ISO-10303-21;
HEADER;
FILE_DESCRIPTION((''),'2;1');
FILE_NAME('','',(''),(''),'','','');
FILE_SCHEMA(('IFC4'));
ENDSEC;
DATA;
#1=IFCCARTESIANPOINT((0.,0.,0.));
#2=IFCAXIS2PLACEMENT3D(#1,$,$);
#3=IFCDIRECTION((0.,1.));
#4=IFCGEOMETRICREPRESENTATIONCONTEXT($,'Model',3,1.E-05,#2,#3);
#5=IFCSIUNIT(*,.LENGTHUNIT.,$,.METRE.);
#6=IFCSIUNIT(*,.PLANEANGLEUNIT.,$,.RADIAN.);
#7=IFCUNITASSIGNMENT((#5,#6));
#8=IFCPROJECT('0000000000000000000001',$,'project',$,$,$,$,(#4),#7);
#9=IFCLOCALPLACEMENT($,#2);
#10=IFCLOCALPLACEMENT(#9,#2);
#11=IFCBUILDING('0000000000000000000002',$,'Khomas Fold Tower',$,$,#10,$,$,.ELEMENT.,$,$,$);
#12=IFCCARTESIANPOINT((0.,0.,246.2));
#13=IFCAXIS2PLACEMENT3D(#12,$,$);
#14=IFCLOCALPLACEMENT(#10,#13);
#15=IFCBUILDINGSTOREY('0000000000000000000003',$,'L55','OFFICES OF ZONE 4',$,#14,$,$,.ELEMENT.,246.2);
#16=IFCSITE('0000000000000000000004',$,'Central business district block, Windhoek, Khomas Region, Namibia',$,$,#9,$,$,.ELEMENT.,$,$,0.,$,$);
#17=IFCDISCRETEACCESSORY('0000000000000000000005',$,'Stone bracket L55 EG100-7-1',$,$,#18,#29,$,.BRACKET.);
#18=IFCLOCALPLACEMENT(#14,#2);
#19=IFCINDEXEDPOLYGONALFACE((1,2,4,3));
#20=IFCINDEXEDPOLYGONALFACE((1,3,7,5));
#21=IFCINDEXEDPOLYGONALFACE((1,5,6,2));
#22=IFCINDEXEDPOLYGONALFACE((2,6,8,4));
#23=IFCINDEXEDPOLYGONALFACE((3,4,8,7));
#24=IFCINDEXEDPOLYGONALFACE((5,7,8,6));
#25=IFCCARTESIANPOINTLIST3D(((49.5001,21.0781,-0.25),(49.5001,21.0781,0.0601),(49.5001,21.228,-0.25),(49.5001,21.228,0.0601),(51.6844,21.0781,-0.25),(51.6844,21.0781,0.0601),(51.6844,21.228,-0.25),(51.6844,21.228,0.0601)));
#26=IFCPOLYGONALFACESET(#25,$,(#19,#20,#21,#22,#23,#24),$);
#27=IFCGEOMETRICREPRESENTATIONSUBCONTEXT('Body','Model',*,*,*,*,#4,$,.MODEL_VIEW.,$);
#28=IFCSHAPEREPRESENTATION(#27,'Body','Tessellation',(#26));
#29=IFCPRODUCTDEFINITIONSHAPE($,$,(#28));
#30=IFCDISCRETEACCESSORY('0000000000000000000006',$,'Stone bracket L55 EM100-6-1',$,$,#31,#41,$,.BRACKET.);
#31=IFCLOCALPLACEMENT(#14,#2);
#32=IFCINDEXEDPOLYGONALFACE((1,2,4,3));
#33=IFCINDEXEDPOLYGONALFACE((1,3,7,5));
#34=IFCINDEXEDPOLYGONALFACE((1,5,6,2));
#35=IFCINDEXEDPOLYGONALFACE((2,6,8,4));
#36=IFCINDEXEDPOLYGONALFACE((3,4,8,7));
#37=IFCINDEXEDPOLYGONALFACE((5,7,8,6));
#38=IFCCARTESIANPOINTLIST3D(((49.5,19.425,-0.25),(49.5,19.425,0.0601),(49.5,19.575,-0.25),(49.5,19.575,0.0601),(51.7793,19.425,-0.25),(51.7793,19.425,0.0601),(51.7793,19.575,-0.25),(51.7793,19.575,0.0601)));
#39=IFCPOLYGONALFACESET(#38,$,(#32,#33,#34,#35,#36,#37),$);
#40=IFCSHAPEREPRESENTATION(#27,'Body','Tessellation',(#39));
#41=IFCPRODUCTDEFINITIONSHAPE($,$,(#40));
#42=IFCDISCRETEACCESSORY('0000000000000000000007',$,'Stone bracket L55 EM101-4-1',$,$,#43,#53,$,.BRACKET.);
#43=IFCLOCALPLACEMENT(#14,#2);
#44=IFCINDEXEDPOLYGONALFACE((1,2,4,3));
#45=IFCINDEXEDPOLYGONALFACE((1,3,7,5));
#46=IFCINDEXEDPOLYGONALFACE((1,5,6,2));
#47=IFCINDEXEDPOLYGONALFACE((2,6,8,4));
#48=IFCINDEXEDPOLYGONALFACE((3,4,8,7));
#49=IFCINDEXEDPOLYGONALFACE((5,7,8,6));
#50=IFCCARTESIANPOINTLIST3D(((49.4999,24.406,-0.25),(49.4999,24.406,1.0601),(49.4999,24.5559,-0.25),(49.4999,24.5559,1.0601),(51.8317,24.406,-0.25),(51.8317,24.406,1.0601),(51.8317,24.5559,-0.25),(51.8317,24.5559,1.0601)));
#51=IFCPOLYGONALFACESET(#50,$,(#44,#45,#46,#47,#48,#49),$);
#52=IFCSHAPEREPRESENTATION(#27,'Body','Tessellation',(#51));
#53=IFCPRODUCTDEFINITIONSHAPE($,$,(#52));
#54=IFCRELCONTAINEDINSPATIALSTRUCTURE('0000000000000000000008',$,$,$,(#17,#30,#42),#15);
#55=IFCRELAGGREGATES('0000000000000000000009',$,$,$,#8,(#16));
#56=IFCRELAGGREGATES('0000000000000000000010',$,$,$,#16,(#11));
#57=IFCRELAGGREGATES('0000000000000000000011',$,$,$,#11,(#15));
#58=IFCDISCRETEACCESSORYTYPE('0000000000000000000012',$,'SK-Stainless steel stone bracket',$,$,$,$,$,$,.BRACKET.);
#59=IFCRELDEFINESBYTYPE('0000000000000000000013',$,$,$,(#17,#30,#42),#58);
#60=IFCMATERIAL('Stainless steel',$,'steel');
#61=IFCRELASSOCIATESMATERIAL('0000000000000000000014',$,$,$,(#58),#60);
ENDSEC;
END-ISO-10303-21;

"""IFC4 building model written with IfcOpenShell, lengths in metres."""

from ifc_helpers import new_model, si_unit, direction, frame, origin, origin_2d, place, context, subcontext, project, spatial, rectangle, extrude, source, transform, mapped, material, type_object, element, save


model = new_model("IFC4")

# Units and contexts
model_context = context("Model", 3, precision=1e-05, world=origin(), true_north=direction((0.0, 1.0)))
body_context = subcontext(model_context, "Body", "Model", "MODEL_VIEW")
ifc_project = project(units=[si_unit("LENGTHUNIT", "METRE"), si_unit("PLANEANGLEUNIT", "RADIAN")], contexts=[model_context])

# Site, building, storey
site_placement = place(None, origin())
site = spatial("IfcSite", under=ifc_project, at=site_placement, Name="Central business district block, Windhoek, Khomas Region, Namibia", CompositionType="ELEMENT", RefElevation=0.0)
building_placement = place(site_placement, origin())
building = spatial("IfcBuilding", under=site, at=building_placement, Name="Khomas Fold Tower", CompositionType="ELEMENT")
storey_placement = place(building_placement, frame((0.0, 0.0, 246.2)))
storey = spatial("IfcBuildingStorey", under=building, at=storey_placement, Name="L55", Description="OFFICES OF ZONE 4", CompositionType="ELEMENT", Elevation=246.2)

# Discrete accessories
ifc_material_1 = material(Name="Stainless steel", Category="steel")
discrete_accessory_type = type_object("IfcDiscreteAccessoryType", Name="SK-Stainless steel stone bracket", PredefinedType="BRACKET", material=ifc_material_1)
shared_shape_1 = source(origin(), body_context, "Body", "SweptSolid", [
    extrude(rectangle(XDim=2.1843, YDim=0.1499, at=origin_2d()), origin(), (0.0, 0.0, 1.0), 0.3101),
])
for number, where, z_axis, x_axis, name in (
    (1, (50.5923, 21.1531, -0.25), (0.0, 0.0, 1.0), (1.0, 0.0, 0.0), "Stone bracket L55 EG100-7-1"),
):
    element("IfcDiscreteAccessory", number, at=place(storey_placement, frame(where, z_axis=z_axis, x_axis=x_axis)), inside=storey, type_object=discrete_accessory_type, Name=name, PredefinedType="BRACKET", context=body_context, shape_type="MappedRepresentation", body=[
        mapped(shared_shape_1, transform((0.0, 0.0, 0.0))),
    ])
shared_shape_2 = source(origin(), body_context, "Body", "SweptSolid", [
    extrude(rectangle(XDim=2.2793, YDim=0.1499, at=origin_2d()), origin(), (0.0, 0.0, 1.0), 0.3101),
])
discrete_accessory_1_placement = place(storey_placement, frame((50.6396, 19.5, -0.25), z_axis=(0.0, 0.0, 1.0), x_axis=(1.0, 0.0, 0.0)))
element("IfcDiscreteAccessory", 2, at=discrete_accessory_1_placement, inside=storey, type_object=discrete_accessory_type, Name="Stone bracket L55 EM100-6-1", PredefinedType="BRACKET", context=body_context, shape_type="MappedRepresentation", body=[
    mapped(shared_shape_2, transform((0.0, 0.0, 0.0))),
])
shared_shape_3 = source(origin(), body_context, "Body", "SweptSolid", [
    extrude(rectangle(XDim=2.3318, YDim=0.1499, at=origin_2d()), origin(), (0.0, 0.0, 1.0), 1.3101),
])
discrete_accessory_2_placement = place(storey_placement, frame((50.6658, 24.481, -0.25), z_axis=(0.0, 0.0, 1.0), x_axis=(1.0, 0.0, 0.0)))
element("IfcDiscreteAccessory", 3, at=discrete_accessory_2_placement, inside=storey, type_object=discrete_accessory_type, Name="Stone bracket L55 EM101-4-1", PredefinedType="BRACKET", context=body_context, shape_type="MappedRepresentation", body=[
    mapped(shared_shape_3, transform((0.0, 0.0, 0.0))),
])

save(model, "model.ifc")
